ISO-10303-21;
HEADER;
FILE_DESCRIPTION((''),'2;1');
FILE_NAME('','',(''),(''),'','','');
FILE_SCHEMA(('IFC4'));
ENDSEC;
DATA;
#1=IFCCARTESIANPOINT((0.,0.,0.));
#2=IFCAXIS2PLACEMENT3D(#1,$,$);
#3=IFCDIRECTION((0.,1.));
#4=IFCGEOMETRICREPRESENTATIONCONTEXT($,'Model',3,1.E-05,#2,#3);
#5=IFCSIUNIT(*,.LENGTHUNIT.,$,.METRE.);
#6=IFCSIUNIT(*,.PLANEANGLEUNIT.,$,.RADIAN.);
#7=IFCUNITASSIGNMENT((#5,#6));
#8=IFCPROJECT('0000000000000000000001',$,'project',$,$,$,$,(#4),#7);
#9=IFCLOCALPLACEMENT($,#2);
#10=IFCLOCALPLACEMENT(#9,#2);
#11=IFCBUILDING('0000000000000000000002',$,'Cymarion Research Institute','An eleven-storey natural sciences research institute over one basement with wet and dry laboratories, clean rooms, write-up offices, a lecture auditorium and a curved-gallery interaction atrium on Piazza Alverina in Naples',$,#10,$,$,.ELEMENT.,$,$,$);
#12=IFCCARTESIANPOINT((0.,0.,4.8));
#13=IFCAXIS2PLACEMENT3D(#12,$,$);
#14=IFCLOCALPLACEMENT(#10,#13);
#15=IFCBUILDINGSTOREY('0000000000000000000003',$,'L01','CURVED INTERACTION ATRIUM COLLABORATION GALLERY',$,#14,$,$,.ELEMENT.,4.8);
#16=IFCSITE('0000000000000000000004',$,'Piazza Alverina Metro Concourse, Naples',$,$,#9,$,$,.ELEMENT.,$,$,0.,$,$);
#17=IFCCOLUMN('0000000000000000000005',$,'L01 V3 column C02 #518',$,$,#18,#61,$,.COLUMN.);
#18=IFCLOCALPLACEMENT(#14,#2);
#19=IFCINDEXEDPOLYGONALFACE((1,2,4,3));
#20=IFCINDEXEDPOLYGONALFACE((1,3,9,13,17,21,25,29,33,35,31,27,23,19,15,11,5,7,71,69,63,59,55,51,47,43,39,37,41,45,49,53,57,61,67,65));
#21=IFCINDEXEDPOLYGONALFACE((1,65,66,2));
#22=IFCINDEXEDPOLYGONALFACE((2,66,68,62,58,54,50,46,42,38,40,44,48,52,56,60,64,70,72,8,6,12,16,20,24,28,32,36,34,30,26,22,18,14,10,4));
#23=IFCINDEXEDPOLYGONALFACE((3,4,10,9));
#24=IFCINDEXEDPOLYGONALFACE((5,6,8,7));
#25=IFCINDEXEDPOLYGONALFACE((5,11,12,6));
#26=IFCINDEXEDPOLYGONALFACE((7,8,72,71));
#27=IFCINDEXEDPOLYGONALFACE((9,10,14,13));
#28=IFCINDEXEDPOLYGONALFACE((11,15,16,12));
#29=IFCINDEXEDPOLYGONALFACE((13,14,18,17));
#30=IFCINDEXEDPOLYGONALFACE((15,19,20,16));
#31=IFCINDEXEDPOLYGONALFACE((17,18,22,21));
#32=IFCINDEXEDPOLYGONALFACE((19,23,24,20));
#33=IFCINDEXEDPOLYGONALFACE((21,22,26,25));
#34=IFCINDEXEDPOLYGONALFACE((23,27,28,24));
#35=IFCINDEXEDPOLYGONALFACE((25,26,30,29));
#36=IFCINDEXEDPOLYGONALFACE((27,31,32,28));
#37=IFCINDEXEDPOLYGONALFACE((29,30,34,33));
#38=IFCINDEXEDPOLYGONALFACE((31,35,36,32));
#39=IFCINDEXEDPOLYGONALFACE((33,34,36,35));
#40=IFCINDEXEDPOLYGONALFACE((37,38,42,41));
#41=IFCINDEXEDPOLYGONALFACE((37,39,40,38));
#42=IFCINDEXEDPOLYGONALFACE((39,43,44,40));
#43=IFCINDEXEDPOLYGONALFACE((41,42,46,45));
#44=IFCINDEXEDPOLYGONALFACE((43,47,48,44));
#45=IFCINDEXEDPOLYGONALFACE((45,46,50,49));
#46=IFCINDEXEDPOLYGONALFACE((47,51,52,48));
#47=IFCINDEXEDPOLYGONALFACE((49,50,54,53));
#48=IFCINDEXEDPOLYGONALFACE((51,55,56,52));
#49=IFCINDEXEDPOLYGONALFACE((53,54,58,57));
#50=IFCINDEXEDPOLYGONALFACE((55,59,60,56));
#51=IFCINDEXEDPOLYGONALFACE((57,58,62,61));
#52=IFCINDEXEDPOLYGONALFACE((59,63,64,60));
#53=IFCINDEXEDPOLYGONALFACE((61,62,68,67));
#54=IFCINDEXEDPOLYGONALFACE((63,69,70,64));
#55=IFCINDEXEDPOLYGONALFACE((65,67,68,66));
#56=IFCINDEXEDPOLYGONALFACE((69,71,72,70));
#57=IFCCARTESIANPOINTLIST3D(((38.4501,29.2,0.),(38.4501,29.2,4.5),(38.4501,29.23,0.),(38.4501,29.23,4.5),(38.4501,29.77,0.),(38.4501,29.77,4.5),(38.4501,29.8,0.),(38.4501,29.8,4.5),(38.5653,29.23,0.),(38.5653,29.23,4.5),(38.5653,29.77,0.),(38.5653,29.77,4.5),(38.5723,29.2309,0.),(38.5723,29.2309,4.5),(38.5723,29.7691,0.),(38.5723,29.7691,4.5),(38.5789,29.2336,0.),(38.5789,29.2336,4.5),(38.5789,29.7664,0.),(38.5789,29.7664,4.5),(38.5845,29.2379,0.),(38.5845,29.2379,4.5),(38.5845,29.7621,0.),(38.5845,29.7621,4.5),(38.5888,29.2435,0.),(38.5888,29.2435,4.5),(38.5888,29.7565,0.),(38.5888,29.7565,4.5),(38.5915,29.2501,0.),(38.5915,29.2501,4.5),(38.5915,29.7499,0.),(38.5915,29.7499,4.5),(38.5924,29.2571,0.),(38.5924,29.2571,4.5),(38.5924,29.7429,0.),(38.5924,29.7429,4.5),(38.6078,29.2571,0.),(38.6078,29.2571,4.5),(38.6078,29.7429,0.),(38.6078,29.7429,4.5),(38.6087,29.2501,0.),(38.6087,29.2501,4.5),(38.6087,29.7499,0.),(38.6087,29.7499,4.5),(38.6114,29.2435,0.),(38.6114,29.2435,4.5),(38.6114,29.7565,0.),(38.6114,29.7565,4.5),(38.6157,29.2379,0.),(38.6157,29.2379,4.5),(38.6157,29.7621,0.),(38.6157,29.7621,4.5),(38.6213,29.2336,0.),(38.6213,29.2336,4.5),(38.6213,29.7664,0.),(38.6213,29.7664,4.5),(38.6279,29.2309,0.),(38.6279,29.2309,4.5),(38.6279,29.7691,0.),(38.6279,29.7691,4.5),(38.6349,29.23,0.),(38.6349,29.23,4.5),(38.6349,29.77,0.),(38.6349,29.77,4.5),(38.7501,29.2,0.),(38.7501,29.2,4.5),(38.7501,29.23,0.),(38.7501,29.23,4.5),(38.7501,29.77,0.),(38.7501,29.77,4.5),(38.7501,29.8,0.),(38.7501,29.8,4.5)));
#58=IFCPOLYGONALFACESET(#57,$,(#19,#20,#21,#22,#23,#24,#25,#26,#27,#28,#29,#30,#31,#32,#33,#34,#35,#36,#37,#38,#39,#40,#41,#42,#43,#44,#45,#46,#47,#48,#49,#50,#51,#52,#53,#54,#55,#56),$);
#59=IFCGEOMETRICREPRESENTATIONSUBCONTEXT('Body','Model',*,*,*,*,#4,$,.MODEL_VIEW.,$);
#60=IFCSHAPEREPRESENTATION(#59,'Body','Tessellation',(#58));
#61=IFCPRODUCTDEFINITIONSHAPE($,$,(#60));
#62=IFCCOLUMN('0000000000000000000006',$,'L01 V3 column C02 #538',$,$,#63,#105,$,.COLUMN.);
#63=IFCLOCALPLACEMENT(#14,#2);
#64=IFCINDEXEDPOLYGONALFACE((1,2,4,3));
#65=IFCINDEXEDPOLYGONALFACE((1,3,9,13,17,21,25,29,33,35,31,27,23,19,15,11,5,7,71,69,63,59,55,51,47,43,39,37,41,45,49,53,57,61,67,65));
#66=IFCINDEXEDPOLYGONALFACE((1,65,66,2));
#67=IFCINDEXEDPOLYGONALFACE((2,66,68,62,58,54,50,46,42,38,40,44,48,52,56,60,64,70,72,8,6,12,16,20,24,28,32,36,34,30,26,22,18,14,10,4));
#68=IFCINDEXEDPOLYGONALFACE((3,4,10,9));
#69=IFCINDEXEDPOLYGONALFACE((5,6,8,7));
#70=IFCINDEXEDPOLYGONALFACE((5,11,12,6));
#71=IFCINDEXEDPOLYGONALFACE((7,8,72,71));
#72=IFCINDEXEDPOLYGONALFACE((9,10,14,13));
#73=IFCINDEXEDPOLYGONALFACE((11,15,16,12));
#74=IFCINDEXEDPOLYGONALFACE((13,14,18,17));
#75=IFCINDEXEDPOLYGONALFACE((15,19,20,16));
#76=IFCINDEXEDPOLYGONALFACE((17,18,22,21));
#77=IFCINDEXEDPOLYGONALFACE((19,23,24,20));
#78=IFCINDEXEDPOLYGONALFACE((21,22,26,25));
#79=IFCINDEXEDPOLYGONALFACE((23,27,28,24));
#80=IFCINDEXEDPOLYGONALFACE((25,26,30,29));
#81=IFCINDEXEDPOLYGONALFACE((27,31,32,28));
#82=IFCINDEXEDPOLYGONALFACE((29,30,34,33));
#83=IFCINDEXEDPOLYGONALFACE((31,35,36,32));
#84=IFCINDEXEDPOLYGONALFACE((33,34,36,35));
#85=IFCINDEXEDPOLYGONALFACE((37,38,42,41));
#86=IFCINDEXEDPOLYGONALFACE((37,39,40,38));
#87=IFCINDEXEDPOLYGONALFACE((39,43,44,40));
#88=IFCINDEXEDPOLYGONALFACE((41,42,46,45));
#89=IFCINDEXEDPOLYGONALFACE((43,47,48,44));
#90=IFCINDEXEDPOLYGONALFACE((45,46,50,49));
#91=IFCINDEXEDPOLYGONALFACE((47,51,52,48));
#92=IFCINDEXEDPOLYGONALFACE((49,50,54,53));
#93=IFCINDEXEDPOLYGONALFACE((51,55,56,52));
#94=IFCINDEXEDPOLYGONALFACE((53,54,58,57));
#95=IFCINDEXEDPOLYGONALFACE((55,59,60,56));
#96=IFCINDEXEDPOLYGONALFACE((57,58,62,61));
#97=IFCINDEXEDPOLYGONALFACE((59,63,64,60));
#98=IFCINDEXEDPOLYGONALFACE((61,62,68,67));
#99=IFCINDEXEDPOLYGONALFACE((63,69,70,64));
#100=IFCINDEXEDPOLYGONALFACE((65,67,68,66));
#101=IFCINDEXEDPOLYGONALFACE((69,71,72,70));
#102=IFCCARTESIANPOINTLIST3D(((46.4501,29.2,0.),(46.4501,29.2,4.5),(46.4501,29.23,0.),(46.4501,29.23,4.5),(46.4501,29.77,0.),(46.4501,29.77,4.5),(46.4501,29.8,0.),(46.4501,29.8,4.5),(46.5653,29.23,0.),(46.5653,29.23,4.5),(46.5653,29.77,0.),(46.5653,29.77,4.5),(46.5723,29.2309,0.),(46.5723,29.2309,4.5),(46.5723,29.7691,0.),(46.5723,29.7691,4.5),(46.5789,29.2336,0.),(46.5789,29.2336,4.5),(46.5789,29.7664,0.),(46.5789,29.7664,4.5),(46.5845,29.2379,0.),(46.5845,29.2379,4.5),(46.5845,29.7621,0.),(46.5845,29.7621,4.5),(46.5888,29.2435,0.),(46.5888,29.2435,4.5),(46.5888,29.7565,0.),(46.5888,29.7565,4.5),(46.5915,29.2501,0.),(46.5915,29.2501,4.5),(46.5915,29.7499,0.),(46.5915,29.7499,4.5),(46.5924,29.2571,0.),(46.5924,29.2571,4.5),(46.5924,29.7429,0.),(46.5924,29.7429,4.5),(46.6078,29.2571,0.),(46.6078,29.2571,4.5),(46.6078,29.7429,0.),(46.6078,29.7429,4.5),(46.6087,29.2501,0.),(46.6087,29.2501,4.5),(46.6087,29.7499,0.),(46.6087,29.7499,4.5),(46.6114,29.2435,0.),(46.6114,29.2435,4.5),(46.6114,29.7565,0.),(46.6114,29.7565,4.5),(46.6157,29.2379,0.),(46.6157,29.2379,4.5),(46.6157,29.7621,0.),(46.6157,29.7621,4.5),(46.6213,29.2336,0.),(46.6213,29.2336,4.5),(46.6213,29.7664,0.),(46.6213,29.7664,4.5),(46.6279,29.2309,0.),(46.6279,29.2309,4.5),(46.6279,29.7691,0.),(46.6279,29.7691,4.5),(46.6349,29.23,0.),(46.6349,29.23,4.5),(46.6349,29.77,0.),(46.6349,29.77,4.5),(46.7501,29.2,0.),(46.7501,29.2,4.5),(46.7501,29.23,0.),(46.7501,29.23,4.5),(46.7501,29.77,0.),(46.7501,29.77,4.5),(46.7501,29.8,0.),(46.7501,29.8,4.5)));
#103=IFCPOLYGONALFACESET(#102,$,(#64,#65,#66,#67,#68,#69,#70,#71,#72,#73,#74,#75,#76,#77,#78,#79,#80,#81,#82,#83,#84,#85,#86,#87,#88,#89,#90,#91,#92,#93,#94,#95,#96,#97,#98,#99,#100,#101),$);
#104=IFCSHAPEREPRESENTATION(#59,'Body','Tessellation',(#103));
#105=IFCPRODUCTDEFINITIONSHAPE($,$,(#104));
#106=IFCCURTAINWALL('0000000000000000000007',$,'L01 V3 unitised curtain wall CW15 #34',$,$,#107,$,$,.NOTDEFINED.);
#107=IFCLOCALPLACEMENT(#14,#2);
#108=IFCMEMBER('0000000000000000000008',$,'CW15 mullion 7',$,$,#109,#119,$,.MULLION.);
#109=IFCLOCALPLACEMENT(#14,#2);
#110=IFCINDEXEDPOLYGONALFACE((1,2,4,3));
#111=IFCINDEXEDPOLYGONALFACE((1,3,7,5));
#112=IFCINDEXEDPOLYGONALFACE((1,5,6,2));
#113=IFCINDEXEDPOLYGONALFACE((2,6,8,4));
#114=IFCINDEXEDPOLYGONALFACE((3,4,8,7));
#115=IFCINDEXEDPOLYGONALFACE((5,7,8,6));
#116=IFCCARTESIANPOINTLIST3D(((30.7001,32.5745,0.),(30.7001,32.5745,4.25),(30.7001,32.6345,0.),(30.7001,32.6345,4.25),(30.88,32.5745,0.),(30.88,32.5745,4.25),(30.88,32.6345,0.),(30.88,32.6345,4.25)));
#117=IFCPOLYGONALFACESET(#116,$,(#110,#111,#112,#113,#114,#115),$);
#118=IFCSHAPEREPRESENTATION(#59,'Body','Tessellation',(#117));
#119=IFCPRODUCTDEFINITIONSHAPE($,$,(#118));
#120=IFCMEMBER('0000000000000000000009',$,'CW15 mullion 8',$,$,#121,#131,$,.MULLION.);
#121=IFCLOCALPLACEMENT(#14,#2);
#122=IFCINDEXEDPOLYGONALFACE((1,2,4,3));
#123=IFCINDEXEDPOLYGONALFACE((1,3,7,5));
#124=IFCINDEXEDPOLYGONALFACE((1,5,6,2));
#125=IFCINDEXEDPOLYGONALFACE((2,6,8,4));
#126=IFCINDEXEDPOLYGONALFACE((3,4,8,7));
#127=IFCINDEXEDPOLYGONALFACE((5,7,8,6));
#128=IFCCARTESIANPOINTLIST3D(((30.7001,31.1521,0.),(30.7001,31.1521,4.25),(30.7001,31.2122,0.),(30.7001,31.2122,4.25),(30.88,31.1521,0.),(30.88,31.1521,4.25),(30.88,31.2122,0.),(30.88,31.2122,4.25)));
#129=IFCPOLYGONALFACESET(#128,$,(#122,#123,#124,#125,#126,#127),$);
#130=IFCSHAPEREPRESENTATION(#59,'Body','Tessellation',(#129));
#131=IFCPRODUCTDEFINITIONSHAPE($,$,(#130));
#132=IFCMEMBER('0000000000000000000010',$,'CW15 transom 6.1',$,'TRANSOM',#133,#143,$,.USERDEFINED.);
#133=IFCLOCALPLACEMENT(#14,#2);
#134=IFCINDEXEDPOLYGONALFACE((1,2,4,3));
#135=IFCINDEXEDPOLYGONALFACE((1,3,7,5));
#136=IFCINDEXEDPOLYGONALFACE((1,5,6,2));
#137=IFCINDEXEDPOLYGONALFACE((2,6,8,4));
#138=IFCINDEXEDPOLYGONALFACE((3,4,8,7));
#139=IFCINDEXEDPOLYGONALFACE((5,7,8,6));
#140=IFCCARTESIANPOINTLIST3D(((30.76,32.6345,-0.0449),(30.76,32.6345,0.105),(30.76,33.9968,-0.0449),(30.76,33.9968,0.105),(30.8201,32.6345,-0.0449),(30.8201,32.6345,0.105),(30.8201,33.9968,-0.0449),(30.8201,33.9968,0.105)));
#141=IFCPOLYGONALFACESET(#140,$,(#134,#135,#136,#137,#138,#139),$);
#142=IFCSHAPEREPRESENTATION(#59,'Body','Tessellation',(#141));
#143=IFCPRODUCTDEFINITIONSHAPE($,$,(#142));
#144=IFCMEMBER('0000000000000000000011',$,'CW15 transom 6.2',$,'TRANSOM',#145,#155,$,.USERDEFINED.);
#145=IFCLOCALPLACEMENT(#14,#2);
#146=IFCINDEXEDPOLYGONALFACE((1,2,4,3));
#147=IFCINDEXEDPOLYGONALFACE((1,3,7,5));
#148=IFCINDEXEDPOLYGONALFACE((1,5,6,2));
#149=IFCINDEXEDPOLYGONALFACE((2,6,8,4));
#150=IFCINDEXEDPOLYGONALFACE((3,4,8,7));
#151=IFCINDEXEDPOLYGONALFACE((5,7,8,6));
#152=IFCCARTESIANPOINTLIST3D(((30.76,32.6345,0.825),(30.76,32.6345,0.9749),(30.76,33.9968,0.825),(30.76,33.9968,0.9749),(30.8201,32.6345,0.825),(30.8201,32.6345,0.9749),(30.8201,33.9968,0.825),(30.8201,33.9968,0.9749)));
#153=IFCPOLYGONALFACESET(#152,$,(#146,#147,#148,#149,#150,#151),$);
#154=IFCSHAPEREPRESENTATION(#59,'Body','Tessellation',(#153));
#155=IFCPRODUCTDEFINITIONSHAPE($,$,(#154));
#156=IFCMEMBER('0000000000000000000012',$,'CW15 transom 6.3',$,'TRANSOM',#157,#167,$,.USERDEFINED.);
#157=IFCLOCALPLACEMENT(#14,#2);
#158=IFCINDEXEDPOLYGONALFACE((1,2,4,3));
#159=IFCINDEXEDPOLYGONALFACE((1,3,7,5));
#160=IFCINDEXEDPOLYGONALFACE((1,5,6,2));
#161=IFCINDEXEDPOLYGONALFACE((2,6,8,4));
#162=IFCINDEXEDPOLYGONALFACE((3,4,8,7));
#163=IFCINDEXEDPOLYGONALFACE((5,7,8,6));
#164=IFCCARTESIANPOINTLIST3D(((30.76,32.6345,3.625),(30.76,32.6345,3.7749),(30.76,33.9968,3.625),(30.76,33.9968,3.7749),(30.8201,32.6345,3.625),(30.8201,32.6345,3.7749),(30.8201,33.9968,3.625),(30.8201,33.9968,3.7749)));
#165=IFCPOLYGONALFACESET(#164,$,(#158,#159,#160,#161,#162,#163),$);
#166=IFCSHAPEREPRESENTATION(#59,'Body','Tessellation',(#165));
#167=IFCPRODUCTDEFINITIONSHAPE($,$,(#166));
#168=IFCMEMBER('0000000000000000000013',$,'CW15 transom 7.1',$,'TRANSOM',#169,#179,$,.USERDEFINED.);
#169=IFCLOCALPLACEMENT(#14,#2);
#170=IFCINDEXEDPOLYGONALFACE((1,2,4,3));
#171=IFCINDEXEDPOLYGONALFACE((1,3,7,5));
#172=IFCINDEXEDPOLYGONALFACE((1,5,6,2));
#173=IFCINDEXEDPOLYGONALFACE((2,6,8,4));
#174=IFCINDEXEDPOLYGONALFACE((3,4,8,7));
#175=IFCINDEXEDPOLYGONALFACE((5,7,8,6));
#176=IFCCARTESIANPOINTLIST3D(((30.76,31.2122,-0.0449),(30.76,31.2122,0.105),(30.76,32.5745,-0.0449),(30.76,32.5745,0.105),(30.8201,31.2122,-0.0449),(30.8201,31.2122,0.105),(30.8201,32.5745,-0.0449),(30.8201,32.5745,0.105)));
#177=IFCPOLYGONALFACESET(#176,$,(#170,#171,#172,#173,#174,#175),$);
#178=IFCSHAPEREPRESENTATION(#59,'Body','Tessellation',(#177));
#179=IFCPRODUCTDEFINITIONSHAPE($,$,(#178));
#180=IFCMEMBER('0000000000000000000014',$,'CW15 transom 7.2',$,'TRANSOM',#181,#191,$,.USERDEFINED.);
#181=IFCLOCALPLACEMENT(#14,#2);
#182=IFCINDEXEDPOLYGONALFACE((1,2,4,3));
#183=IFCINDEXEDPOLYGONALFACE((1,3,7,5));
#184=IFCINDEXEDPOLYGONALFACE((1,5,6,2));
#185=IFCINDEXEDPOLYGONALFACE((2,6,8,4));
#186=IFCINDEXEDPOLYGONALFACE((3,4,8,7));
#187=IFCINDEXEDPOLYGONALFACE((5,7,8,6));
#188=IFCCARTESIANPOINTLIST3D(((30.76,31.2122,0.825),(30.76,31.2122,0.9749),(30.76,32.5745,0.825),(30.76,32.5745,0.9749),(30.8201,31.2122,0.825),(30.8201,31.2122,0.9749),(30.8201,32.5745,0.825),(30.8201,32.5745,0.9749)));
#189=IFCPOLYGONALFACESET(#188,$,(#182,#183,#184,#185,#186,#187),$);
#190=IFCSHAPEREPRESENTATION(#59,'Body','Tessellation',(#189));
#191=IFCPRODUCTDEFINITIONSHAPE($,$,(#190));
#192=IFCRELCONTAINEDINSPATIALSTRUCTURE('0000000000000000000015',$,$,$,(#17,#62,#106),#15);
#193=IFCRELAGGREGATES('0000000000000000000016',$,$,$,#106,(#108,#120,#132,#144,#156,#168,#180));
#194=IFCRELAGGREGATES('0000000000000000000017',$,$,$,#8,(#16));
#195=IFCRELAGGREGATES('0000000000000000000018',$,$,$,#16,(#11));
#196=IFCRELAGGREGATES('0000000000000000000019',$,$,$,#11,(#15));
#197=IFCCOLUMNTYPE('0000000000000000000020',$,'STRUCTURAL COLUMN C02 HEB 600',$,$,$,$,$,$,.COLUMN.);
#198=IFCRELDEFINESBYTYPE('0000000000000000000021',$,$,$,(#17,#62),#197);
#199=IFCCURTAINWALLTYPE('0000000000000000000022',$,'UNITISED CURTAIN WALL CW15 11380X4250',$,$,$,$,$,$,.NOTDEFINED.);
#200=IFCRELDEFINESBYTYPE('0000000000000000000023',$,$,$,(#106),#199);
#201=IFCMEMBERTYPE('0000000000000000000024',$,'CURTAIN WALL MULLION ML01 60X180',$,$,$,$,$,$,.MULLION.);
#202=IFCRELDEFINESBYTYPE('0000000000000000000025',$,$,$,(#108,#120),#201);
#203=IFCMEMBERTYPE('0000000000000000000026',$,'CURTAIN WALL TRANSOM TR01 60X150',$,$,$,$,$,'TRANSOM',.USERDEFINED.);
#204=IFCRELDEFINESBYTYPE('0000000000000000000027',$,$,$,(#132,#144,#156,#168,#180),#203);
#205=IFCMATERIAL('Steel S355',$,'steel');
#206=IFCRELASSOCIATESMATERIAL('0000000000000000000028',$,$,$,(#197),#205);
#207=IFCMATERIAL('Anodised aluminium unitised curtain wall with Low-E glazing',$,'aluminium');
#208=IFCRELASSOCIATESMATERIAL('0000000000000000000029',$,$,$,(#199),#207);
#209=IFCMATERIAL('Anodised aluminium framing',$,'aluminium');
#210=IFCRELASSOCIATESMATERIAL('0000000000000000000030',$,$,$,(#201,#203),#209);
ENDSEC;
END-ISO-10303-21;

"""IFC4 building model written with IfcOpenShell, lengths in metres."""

from ifc_helpers import new_model, si_unit, direction, frame, origin, origin_2d, place, context, subcontext, project, spatial, rectangle, i_section, extrude, material, material_profile, profile_set, type_object, element, aggregate, save


model = new_model("IFC4")

# Units and contexts
model_context = context("Model", 3, precision=1e-05, world=origin(), true_north=direction((0.0, 1.0)))
body_context = subcontext(model_context, "Body", "Model", "MODEL_VIEW")
ifc_project = project(units=[si_unit("LENGTHUNIT", "METRE"), si_unit("PLANEANGLEUNIT", "RADIAN")], contexts=[model_context])

# Site, building, storey
site_placement = place(None, origin())
site = spatial("IfcSite", under=ifc_project, at=site_placement, Name="Piazza Alverina Metro Concourse, Naples", CompositionType="ELEMENT", RefElevation=0.0)
building_placement = place(site_placement, origin())
building = spatial("IfcBuilding", under=site, at=building_placement, Name="Cymarion Research Institute", Description="An eleven-storey natural sciences research institute over one basement with wet and dry laboratories, clean rooms, write-up offices, a lecture auditorium and a curved-gallery interaction atrium on Piazza Alverina in Naples", CompositionType="ELEMENT")
storey_placement = place(building_placement, frame((0.0, 0.0, 4.8)))
storey = spatial("IfcBuildingStorey", under=building, at=storey_placement, Name="L01", Description="CURVED INTERACTION ATRIUM COLLABORATION GALLERY", CompositionType="ELEMENT", Elevation=4.8)

# Columns
ifc_material_1 = material(Name="Steel S355", Category="steel")
ifc_material_profile_1 = material_profile(ifc_material_1, i_section(OverallWidth=0.3, OverallDepth=0.6001, WebThickness=0.0154, FlangeThickness=0.03, FilletRadius=0.0271, at=origin_2d()), Name="HEB 600")
ifc_profile_set_1 = profile_set([ifc_material_profile_1], Name="Steel S355")
column_type = type_object("IfcColumnType", Name="STRUCTURAL COLUMN C02 HEB 600", PredefinedType="COLUMN", material=ifc_profile_set_1)
for number, where, z_axis, x_axis, name in (
    (1, (38.6001, 29.5, 0.0), (0.0, 0.0, 1.0), (1.0, 0.0, 0.0), "L01 V3 column C02 #518"),
    (2, (46.6001, 29.5, 0.0), (0.0, 0.0, 1.0), (1.0, 0.0, 0.0), "L01 V3 column C02 #538"),
):
    element("IfcColumn", number, at=place(storey_placement, frame(where, z_axis=z_axis, x_axis=x_axis)), inside=storey, type_object=column_type, Name=name, PredefinedType="COLUMN", context=body_context, shape_type="SweptSolid", body=[
        extrude(i_section(OverallWidth=0.3, OverallDepth=0.6001, WebThickness=0.0154, FlangeThickness=0.03, FilletRadius=0.0271, at=origin_2d()), origin(), (0.0, 0.0, 1.0), 4.5),
    ])

# Curtain wall, members
ifc_material_2 = material(Name="Anodised aluminium unitised curtain wall with Low-E glazing", Category="aluminium")
curtain_wall_type = type_object("IfcCurtainWallType", Name="UNITISED CURTAIN WALL CW15 11380X4250", PredefinedType="NOTDEFINED", material=ifc_material_2)
curtain_wall_placement = place(storey_placement, origin())
curtain_wall = element("IfcCurtainWall", 3, at=curtain_wall_placement, inside=storey, type_object=curtain_wall_type, Name="L01 V3 unitised curtain wall CW15 #34", PredefinedType="NOTDEFINED")
ifc_material_3 = material(Name="Anodised aluminium framing", Category="aluminium")
ifc_material_profile_2 = material_profile(ifc_material_3, rectangle(XDim=0.0601, YDim=0.1799, at=origin_2d()), Name="ALU MULLION 60x180")
ifc_profile_set_2 = profile_set([ifc_material_profile_2], Name="Anodised aluminium framing")
member_type_1 = type_object("IfcMemberType", Name="CURTAIN WALL MULLION ML01 60X180", PredefinedType="MULLION", material=ifc_profile_set_2)
member_1_placement = place(storey_placement, frame((30.79, 32.6045, 0.0), z_axis=(0.0, 0.0, 1.0), x_axis=(0.0, -1.0, 0.0)))
member_1 = element("IfcMember", 4, at=member_1_placement, type_object=member_type_1, Name="CW15 mullion 7", PredefinedType="MULLION", context=body_context, shape_type="SweptSolid", body=[
    extrude(rectangle(XDim=0.0601, YDim=0.1799, at=origin_2d()), origin(), (0.0, 0.0, 1.0), 4.25),
])
member_2_placement = place(storey_placement, frame((30.79, 31.1821, 0.0), z_axis=(0.0, 0.0, 1.0), x_axis=(0.0, -1.0, 0.0)))
member_2 = element("IfcMember", 5, at=member_2_placement, type_object=member_type_1, Name="CW15 mullion 8", PredefinedType="MULLION", context=body_context, shape_type="SweptSolid", body=[
    extrude(rectangle(XDim=0.0601, YDim=0.1799, at=origin_2d()), origin(), (0.0, 0.0, 1.0), 4.25),
])
ifc_material_profile_3 = material_profile(ifc_material_3, rectangle(XDim=0.0601, YDim=0.1499, at=origin_2d()), Name="ALU TRANSOM 60x150")
ifc_profile_set_3 = profile_set([ifc_material_profile_3], Name="Anodised aluminium framing")
member_type_2 = type_object("IfcMemberType", Name="CURTAIN WALL TRANSOM TR01 60X150", ElementType="TRANSOM", PredefinedType="USERDEFINED", material=ifc_profile_set_3)
member_3_placement = place(storey_placement, frame((30.79, 33.9968, 0.03), z_axis=(0.0, -1.0, 0.0), x_axis=(1.0, 0.0, 0.0)))
member_3 = element("IfcMember", 6, at=member_3_placement, type_object=member_type_2, Name="CW15 transom 6.1", ObjectType="TRANSOM", PredefinedType="USERDEFINED", context=body_context, shape_type="SweptSolid", body=[
    extrude(rectangle(XDim=0.0601, YDim=0.1499, at=origin_2d()), origin(), (0.0, 0.0, 1.0), 1.3623),
])
member_4_placement = place(storey_placement, frame((30.79, 33.9968, 0.8999), z_axis=(0.0, -1.0, 0.0), x_axis=(1.0, 0.0, 0.0)))
member_4 = element("IfcMember", 7, at=member_4_placement, type_object=member_type_2, Name="CW15 transom 6.2", ObjectType="TRANSOM", PredefinedType="USERDEFINED", context=body_context, shape_type="SweptSolid", body=[
    extrude(rectangle(XDim=0.0601, YDim=0.1499, at=origin_2d()), origin(), (0.0, 0.0, 1.0), 1.3623),
])
member_5_placement = place(storey_placement, frame((30.79, 33.9968, 3.7), z_axis=(0.0, -1.0, 0.0), x_axis=(1.0, 0.0, 0.0)))
member_5 = element("IfcMember", 8, at=member_5_placement, type_object=member_type_2, Name="CW15 transom 6.3", ObjectType="TRANSOM", PredefinedType="USERDEFINED", context=body_context, shape_type="SweptSolid", body=[
    extrude(rectangle(XDim=0.0601, YDim=0.1499, at=origin_2d()), origin(), (0.0, 0.0, 1.0), 1.3623),
])
member_6_placement = place(storey_placement, frame((30.79, 32.5745, 0.03), z_axis=(0.0, -1.0, 0.0), x_axis=(1.0, 0.0, 0.0)))
member_6 = element("IfcMember", 9, at=member_6_placement, type_object=member_type_2, Name="CW15 transom 7.1", ObjectType="TRANSOM", PredefinedType="USERDEFINED", context=body_context, shape_type="SweptSolid", body=[
    extrude(rectangle(XDim=0.0601, YDim=0.1499, at=origin_2d()), origin(), (0.0, 0.0, 1.0), 1.3623),
])
member_7_placement = place(storey_placement, frame((30.79, 32.5745, 0.8999), z_axis=(0.0, -1.0, 0.0), x_axis=(1.0, 0.0, 0.0)))
member_7 = element("IfcMember", 10, at=member_7_placement, type_object=member_type_2, Name="CW15 transom 7.2", ObjectType="TRANSOM", PredefinedType="USERDEFINED", context=body_context, shape_type="SweptSolid", body=[
    extrude(rectangle(XDim=0.0601, YDim=0.1499, at=origin_2d()), origin(), (0.0, 0.0, 1.0), 1.3623),
])

aggregate(curtain_wall, [member_1, member_2, member_3, member_4, member_5, member_6, member_7])

save(model, "model.ifc")
